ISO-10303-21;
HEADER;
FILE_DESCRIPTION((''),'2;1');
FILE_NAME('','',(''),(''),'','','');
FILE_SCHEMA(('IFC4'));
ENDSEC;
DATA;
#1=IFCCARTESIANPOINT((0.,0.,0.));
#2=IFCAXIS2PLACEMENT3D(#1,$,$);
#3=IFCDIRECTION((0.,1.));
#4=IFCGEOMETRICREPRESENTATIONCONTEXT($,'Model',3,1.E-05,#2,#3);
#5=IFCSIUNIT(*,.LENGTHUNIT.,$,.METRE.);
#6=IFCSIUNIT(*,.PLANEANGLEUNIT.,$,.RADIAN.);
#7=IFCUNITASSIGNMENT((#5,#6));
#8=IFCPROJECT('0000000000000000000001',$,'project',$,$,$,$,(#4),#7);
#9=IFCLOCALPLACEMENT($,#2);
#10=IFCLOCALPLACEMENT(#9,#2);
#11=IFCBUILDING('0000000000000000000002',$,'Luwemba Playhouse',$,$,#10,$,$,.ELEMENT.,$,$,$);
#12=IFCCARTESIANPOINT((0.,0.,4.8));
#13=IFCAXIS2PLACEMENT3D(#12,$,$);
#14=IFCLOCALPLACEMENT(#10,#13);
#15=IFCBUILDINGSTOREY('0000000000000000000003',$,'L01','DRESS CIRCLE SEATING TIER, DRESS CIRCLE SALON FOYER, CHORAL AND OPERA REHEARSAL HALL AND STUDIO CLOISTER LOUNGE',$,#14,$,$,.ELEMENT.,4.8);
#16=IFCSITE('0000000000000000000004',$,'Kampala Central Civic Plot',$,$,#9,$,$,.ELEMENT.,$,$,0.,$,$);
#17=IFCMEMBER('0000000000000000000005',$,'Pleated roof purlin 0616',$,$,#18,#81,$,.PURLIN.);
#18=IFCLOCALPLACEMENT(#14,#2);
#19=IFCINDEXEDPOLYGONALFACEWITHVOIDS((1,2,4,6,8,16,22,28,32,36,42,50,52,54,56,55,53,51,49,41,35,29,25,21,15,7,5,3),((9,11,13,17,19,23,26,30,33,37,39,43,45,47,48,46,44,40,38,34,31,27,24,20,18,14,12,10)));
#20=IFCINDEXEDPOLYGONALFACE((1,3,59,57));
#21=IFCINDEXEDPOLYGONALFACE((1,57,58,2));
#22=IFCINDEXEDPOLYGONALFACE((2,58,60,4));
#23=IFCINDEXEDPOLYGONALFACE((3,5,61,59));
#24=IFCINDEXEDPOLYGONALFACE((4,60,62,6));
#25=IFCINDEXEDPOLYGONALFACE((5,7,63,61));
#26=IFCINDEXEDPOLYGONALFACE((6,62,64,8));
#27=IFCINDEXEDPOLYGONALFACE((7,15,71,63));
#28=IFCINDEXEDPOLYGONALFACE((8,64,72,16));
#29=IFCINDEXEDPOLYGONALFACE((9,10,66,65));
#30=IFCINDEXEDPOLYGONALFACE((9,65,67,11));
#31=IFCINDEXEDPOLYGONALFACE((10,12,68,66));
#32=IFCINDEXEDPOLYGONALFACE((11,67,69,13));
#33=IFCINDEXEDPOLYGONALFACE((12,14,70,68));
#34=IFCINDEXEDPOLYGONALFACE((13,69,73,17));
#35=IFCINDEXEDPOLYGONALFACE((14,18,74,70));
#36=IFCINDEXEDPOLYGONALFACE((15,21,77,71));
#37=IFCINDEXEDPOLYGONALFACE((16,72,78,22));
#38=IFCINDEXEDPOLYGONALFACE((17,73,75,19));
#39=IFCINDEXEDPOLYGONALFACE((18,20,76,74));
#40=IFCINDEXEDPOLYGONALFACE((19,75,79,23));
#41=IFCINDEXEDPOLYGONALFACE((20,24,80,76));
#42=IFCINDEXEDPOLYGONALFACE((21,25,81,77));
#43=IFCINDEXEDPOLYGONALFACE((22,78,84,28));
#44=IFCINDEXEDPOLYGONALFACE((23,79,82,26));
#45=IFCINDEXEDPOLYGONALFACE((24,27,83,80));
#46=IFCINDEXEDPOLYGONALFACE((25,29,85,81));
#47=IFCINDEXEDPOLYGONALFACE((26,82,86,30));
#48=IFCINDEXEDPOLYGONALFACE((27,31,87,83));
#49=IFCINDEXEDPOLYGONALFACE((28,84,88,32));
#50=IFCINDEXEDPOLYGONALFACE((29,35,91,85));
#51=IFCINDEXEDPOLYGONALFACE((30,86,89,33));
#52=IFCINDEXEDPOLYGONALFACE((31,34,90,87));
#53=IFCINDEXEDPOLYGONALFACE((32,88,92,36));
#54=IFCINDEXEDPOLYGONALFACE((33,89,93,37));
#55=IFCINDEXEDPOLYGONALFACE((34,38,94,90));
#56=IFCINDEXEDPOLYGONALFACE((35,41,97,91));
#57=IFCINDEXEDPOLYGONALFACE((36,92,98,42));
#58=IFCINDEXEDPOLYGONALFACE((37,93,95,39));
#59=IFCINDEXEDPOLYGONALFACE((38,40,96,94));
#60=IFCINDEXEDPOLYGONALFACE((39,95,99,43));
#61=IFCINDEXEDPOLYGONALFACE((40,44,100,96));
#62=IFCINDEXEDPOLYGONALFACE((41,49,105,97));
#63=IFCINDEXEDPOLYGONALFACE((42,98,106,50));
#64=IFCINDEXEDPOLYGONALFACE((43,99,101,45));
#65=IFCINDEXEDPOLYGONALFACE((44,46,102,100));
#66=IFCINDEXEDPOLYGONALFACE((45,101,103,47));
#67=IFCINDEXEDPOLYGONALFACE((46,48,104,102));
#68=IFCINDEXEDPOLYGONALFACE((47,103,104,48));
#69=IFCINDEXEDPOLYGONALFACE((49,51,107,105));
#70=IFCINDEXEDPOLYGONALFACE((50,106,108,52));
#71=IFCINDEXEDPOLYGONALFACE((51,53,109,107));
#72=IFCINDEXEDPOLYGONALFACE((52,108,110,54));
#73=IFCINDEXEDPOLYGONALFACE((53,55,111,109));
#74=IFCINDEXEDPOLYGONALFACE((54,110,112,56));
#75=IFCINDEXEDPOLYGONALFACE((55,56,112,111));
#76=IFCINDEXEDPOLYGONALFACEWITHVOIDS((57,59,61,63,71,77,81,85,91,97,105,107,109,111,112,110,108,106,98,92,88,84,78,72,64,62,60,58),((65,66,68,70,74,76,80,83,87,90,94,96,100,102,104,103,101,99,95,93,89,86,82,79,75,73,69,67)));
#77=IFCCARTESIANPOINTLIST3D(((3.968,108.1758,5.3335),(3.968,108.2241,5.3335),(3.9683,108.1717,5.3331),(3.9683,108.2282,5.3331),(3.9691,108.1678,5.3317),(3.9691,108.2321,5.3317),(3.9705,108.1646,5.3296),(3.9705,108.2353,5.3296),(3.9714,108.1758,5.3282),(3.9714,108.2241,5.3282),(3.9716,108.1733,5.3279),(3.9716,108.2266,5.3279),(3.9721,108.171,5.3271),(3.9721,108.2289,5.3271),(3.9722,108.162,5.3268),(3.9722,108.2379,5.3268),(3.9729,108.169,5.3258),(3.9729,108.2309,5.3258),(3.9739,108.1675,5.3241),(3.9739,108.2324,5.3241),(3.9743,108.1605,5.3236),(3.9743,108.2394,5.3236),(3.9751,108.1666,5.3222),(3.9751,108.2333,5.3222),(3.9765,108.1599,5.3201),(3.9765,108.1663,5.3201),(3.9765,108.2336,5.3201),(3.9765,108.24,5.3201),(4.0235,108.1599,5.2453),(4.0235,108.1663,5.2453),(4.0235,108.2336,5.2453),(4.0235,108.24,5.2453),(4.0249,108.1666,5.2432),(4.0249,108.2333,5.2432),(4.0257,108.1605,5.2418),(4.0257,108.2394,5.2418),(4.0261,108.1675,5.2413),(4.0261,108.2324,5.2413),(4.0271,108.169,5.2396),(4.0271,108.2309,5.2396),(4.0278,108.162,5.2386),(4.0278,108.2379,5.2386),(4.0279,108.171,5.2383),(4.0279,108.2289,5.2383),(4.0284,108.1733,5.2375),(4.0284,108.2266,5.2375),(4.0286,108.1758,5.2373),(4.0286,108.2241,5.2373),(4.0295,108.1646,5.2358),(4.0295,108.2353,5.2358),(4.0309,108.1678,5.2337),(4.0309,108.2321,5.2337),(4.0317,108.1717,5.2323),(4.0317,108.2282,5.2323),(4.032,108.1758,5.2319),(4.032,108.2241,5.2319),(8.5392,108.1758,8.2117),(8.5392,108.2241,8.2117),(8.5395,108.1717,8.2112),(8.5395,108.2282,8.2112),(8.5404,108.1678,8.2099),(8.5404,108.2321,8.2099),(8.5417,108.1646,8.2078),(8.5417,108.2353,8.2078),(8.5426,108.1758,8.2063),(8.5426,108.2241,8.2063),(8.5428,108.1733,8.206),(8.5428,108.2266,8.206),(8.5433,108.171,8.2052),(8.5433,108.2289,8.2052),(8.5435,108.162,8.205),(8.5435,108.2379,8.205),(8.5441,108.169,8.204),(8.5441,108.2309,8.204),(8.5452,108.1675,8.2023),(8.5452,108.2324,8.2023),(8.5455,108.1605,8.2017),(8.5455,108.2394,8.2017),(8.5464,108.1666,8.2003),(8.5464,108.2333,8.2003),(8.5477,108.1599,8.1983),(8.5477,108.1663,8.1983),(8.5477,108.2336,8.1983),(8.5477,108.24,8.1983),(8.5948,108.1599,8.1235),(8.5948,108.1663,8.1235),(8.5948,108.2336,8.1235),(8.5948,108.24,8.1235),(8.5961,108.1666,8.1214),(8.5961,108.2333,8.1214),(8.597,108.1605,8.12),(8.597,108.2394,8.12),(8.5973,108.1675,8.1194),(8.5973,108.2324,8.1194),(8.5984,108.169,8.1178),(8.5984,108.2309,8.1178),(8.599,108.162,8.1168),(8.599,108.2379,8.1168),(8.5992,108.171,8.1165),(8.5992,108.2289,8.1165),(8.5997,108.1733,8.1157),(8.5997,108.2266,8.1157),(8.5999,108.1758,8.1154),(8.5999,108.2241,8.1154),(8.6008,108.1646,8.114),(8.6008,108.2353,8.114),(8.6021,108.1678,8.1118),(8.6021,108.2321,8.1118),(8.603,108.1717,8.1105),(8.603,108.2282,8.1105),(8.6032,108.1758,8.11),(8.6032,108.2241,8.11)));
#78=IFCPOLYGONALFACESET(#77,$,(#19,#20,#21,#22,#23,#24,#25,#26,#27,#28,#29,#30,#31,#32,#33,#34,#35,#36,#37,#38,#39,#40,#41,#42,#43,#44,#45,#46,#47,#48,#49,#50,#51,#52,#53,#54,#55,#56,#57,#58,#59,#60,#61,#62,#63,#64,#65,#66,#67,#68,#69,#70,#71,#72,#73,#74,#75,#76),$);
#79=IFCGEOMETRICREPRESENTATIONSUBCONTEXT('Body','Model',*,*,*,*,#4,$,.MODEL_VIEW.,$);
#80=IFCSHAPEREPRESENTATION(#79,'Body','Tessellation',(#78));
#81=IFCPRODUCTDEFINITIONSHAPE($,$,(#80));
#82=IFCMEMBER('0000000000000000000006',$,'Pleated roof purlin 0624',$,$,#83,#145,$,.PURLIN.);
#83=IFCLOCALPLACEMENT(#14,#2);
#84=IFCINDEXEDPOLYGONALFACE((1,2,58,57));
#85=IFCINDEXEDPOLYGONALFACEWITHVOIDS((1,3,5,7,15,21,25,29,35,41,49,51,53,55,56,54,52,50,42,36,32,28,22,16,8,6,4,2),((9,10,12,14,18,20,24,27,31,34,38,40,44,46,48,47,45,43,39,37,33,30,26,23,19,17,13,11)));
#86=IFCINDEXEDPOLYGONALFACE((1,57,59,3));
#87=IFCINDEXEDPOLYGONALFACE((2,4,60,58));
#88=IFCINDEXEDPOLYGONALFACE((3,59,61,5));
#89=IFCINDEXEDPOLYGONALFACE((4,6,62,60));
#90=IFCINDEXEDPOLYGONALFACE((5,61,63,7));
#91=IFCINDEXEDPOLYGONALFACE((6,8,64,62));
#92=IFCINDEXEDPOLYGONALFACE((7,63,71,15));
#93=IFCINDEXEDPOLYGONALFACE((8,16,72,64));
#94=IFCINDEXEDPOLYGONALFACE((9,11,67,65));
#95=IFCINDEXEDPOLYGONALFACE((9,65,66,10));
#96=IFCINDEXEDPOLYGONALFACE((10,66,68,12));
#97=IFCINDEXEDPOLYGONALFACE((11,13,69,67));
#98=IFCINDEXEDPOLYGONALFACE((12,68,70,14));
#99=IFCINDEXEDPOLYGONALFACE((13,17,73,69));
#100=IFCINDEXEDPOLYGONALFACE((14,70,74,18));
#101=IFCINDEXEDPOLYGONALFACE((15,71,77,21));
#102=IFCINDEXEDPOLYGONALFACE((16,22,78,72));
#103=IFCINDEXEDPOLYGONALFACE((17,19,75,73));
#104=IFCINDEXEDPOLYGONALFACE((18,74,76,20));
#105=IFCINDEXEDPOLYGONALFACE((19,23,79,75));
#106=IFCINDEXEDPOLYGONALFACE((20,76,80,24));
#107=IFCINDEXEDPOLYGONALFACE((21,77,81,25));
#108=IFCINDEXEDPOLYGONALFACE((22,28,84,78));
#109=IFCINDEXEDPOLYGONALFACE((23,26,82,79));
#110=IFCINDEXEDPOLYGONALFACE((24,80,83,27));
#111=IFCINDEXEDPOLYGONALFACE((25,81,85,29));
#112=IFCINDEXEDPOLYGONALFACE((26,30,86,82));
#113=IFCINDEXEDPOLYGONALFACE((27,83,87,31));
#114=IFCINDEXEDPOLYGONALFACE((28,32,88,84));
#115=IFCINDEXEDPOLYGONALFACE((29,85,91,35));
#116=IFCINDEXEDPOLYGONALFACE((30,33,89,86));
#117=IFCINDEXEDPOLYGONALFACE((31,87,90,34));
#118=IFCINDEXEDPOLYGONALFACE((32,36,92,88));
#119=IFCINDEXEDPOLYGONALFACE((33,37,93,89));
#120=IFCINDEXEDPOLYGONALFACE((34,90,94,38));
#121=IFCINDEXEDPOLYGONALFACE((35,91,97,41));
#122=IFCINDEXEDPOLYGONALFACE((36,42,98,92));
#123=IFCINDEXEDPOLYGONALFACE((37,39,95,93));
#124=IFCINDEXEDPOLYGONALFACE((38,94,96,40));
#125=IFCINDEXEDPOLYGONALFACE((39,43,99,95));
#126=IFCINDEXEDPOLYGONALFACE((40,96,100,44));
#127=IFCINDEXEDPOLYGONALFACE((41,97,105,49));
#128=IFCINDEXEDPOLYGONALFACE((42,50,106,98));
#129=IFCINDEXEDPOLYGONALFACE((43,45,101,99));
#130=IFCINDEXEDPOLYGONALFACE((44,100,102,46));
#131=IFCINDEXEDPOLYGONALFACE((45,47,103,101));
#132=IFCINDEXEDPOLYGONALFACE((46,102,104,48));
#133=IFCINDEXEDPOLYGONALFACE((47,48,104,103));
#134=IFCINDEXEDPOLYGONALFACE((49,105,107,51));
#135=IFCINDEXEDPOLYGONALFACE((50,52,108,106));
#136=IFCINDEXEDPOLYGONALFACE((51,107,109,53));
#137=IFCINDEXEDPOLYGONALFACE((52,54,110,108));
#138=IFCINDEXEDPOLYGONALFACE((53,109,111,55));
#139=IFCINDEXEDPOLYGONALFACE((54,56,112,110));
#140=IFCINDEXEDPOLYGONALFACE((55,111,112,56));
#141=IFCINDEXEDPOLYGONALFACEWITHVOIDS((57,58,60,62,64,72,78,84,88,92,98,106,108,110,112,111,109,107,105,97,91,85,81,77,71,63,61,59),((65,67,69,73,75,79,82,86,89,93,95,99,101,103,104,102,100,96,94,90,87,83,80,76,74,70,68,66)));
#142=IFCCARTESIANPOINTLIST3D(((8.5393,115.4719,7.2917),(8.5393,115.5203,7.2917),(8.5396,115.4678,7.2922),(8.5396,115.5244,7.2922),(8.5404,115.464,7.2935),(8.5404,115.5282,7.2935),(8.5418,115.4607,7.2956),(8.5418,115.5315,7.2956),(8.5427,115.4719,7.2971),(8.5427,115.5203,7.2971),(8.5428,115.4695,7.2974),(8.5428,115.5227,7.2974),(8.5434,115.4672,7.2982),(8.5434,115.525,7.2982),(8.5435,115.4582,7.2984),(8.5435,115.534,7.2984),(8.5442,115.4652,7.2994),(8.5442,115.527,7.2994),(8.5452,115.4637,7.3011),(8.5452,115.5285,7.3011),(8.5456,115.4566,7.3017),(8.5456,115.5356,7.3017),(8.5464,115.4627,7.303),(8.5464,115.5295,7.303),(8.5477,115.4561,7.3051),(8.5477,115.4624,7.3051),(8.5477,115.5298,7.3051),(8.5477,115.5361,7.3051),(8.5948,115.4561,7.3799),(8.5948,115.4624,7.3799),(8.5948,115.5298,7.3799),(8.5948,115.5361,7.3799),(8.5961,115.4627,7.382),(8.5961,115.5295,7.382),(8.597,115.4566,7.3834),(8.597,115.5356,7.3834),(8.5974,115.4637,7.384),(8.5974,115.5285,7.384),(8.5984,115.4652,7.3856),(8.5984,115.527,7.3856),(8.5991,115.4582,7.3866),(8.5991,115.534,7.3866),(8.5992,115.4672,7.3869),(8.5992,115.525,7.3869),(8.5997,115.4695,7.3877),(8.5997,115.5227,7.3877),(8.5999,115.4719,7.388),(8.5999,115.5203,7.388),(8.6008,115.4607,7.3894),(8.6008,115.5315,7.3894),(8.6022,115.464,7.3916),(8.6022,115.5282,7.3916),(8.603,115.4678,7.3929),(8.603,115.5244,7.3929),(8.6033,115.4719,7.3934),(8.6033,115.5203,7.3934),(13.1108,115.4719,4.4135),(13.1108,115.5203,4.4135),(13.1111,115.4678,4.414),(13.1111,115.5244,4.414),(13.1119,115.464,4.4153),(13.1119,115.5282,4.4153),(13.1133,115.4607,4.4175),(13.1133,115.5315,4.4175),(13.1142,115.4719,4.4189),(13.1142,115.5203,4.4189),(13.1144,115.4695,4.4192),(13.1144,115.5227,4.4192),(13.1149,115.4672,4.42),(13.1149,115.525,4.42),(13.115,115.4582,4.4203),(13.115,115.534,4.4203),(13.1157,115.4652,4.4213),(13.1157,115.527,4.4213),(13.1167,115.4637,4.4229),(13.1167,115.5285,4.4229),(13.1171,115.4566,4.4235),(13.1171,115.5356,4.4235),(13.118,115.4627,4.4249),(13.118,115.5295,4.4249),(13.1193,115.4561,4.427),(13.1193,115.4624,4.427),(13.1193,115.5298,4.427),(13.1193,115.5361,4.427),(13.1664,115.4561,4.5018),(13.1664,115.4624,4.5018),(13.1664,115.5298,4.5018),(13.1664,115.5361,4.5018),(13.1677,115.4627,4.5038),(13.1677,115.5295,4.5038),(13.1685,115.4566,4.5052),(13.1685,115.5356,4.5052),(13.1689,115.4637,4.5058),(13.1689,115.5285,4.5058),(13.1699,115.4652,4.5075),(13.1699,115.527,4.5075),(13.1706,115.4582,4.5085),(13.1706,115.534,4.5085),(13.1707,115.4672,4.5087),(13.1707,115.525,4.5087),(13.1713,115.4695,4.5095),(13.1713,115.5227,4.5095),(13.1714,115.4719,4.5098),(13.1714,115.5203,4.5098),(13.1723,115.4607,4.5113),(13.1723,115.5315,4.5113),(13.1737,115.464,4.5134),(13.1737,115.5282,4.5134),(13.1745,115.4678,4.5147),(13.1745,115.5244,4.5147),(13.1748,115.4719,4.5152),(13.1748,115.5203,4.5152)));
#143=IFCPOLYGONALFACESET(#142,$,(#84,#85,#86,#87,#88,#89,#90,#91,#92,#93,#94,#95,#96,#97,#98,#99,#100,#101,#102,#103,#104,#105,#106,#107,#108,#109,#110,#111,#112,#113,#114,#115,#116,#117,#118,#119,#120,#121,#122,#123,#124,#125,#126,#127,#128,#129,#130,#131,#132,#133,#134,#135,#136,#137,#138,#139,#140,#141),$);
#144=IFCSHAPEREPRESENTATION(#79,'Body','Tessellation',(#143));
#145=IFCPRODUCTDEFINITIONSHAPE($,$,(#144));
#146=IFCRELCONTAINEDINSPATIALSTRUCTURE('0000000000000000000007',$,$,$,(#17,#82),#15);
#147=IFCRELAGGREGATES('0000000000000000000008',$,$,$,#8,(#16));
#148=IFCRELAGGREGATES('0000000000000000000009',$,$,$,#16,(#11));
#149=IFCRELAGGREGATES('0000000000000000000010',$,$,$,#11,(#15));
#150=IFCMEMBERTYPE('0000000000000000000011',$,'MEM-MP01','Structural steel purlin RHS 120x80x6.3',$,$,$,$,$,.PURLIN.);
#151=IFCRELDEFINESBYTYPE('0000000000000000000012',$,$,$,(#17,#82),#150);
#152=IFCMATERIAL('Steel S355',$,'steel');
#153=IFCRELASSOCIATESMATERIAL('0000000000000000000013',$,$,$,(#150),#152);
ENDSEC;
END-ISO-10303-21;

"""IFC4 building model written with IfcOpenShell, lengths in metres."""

from ifc_helpers import new_model, si_unit, direction, frame, origin, origin_2d, place, context, subcontext, project, spatial, hollow_rectangle, extrude, material, material_profile, profile_set, type_object, element, save


model = new_model("IFC4")

# Units and contexts
model_context = context("Model", 3, precision=1e-05, world=origin(), true_north=direction((0.0, 1.0)))
body_context = subcontext(model_context, "Body", "Model", "MODEL_VIEW")
ifc_project = project(units=[si_unit("LENGTHUNIT", "METRE"), si_unit("PLANEANGLEUNIT", "RADIAN")], contexts=[model_context])

# Site, building, storey
site_placement = place(None, origin())
site = spatial("IfcSite", under=ifc_project, at=site_placement, Name="Kampala Central Civic Plot", CompositionType="ELEMENT", RefElevation=0.0)
building_placement = place(site_placement, origin())
building = spatial("IfcBuilding", under=site, at=building_placement, Name="Luwemba Playhouse", CompositionType="ELEMENT")
storey_placement = place(building_placement, frame((0.0, 0.0, 4.8)))
storey = spatial("IfcBuildingStorey", under=building, at=storey_placement, Name="L01", Description="DRESS CIRCLE SEATING TIER, DRESS CIRCLE SALON FOYER, CHORAL AND OPERA REHEARSAL HALL AND STUDIO CLOISTER LOUNGE", CompositionType="ELEMENT", Elevation=4.8)

# Shared definitions
ifc_material_1 = material(Name="Steel S355", Category="steel")

# Members
ifc_material_profile_1 = material_profile(ifc_material_1, hollow_rectangle(XDim=0.0801, YDim=0.1201, WallThickness=0.0063, InnerFilletRadius=0.0095, OuterFilletRadius=0.0159, at=origin_2d()))
ifc_profile_set_1 = profile_set([ifc_material_profile_1], Name="Steel S355")
member_type_1 = type_object("IfcMemberType", Name="MEM-MP01", Description="Structural steel purlin RHS 120x80x6.3", PredefinedType="PURLIN", material=ifc_profile_set_1)
member_1_placement = place(storey_placement, frame((4.0, 108.2, 5.2827), z_axis=(0.846237, 0.0, 0.532807), x_axis=(0.0, 1.0, 0.0)))
element("IfcMember", 1, at=member_1_placement, inside=storey, type_object=member_type_1, Name="Pleated roof purlin 0616", PredefinedType="PURLIN", context=body_context, shape_type="SweptSolid", body=[
    extrude(hollow_rectangle(XDim=0.0801, YDim=0.1201, WallThickness=0.0063, InnerFilletRadius=0.0095, OuterFilletRadius=0.0159, at=origin_2d()), origin(), (0.0, 0.0, 1.0), 5.4019),
])
member_2_placement = place(storey_placement, frame((8.5713, 115.4961, 7.3425), z_axis=(0.846249, 0.0, -0.532787), x_axis=(0.0, 1.0, 0.0)))
element("IfcMember", 2, at=member_2_placement, inside=storey, type_object=member_type_1, Name="Pleated roof purlin 0624", PredefinedType="PURLIN", context=body_context, shape_type="SweptSolid", body=[
    extrude(hollow_rectangle(XDim=0.0801, YDim=0.1201, WallThickness=0.0063, InnerFilletRadius=0.0095, OuterFilletRadius=0.0159, at=origin_2d()), origin(), (0.0, 0.0, 1.0), 5.4021),
])

save(model, "model.ifc")
